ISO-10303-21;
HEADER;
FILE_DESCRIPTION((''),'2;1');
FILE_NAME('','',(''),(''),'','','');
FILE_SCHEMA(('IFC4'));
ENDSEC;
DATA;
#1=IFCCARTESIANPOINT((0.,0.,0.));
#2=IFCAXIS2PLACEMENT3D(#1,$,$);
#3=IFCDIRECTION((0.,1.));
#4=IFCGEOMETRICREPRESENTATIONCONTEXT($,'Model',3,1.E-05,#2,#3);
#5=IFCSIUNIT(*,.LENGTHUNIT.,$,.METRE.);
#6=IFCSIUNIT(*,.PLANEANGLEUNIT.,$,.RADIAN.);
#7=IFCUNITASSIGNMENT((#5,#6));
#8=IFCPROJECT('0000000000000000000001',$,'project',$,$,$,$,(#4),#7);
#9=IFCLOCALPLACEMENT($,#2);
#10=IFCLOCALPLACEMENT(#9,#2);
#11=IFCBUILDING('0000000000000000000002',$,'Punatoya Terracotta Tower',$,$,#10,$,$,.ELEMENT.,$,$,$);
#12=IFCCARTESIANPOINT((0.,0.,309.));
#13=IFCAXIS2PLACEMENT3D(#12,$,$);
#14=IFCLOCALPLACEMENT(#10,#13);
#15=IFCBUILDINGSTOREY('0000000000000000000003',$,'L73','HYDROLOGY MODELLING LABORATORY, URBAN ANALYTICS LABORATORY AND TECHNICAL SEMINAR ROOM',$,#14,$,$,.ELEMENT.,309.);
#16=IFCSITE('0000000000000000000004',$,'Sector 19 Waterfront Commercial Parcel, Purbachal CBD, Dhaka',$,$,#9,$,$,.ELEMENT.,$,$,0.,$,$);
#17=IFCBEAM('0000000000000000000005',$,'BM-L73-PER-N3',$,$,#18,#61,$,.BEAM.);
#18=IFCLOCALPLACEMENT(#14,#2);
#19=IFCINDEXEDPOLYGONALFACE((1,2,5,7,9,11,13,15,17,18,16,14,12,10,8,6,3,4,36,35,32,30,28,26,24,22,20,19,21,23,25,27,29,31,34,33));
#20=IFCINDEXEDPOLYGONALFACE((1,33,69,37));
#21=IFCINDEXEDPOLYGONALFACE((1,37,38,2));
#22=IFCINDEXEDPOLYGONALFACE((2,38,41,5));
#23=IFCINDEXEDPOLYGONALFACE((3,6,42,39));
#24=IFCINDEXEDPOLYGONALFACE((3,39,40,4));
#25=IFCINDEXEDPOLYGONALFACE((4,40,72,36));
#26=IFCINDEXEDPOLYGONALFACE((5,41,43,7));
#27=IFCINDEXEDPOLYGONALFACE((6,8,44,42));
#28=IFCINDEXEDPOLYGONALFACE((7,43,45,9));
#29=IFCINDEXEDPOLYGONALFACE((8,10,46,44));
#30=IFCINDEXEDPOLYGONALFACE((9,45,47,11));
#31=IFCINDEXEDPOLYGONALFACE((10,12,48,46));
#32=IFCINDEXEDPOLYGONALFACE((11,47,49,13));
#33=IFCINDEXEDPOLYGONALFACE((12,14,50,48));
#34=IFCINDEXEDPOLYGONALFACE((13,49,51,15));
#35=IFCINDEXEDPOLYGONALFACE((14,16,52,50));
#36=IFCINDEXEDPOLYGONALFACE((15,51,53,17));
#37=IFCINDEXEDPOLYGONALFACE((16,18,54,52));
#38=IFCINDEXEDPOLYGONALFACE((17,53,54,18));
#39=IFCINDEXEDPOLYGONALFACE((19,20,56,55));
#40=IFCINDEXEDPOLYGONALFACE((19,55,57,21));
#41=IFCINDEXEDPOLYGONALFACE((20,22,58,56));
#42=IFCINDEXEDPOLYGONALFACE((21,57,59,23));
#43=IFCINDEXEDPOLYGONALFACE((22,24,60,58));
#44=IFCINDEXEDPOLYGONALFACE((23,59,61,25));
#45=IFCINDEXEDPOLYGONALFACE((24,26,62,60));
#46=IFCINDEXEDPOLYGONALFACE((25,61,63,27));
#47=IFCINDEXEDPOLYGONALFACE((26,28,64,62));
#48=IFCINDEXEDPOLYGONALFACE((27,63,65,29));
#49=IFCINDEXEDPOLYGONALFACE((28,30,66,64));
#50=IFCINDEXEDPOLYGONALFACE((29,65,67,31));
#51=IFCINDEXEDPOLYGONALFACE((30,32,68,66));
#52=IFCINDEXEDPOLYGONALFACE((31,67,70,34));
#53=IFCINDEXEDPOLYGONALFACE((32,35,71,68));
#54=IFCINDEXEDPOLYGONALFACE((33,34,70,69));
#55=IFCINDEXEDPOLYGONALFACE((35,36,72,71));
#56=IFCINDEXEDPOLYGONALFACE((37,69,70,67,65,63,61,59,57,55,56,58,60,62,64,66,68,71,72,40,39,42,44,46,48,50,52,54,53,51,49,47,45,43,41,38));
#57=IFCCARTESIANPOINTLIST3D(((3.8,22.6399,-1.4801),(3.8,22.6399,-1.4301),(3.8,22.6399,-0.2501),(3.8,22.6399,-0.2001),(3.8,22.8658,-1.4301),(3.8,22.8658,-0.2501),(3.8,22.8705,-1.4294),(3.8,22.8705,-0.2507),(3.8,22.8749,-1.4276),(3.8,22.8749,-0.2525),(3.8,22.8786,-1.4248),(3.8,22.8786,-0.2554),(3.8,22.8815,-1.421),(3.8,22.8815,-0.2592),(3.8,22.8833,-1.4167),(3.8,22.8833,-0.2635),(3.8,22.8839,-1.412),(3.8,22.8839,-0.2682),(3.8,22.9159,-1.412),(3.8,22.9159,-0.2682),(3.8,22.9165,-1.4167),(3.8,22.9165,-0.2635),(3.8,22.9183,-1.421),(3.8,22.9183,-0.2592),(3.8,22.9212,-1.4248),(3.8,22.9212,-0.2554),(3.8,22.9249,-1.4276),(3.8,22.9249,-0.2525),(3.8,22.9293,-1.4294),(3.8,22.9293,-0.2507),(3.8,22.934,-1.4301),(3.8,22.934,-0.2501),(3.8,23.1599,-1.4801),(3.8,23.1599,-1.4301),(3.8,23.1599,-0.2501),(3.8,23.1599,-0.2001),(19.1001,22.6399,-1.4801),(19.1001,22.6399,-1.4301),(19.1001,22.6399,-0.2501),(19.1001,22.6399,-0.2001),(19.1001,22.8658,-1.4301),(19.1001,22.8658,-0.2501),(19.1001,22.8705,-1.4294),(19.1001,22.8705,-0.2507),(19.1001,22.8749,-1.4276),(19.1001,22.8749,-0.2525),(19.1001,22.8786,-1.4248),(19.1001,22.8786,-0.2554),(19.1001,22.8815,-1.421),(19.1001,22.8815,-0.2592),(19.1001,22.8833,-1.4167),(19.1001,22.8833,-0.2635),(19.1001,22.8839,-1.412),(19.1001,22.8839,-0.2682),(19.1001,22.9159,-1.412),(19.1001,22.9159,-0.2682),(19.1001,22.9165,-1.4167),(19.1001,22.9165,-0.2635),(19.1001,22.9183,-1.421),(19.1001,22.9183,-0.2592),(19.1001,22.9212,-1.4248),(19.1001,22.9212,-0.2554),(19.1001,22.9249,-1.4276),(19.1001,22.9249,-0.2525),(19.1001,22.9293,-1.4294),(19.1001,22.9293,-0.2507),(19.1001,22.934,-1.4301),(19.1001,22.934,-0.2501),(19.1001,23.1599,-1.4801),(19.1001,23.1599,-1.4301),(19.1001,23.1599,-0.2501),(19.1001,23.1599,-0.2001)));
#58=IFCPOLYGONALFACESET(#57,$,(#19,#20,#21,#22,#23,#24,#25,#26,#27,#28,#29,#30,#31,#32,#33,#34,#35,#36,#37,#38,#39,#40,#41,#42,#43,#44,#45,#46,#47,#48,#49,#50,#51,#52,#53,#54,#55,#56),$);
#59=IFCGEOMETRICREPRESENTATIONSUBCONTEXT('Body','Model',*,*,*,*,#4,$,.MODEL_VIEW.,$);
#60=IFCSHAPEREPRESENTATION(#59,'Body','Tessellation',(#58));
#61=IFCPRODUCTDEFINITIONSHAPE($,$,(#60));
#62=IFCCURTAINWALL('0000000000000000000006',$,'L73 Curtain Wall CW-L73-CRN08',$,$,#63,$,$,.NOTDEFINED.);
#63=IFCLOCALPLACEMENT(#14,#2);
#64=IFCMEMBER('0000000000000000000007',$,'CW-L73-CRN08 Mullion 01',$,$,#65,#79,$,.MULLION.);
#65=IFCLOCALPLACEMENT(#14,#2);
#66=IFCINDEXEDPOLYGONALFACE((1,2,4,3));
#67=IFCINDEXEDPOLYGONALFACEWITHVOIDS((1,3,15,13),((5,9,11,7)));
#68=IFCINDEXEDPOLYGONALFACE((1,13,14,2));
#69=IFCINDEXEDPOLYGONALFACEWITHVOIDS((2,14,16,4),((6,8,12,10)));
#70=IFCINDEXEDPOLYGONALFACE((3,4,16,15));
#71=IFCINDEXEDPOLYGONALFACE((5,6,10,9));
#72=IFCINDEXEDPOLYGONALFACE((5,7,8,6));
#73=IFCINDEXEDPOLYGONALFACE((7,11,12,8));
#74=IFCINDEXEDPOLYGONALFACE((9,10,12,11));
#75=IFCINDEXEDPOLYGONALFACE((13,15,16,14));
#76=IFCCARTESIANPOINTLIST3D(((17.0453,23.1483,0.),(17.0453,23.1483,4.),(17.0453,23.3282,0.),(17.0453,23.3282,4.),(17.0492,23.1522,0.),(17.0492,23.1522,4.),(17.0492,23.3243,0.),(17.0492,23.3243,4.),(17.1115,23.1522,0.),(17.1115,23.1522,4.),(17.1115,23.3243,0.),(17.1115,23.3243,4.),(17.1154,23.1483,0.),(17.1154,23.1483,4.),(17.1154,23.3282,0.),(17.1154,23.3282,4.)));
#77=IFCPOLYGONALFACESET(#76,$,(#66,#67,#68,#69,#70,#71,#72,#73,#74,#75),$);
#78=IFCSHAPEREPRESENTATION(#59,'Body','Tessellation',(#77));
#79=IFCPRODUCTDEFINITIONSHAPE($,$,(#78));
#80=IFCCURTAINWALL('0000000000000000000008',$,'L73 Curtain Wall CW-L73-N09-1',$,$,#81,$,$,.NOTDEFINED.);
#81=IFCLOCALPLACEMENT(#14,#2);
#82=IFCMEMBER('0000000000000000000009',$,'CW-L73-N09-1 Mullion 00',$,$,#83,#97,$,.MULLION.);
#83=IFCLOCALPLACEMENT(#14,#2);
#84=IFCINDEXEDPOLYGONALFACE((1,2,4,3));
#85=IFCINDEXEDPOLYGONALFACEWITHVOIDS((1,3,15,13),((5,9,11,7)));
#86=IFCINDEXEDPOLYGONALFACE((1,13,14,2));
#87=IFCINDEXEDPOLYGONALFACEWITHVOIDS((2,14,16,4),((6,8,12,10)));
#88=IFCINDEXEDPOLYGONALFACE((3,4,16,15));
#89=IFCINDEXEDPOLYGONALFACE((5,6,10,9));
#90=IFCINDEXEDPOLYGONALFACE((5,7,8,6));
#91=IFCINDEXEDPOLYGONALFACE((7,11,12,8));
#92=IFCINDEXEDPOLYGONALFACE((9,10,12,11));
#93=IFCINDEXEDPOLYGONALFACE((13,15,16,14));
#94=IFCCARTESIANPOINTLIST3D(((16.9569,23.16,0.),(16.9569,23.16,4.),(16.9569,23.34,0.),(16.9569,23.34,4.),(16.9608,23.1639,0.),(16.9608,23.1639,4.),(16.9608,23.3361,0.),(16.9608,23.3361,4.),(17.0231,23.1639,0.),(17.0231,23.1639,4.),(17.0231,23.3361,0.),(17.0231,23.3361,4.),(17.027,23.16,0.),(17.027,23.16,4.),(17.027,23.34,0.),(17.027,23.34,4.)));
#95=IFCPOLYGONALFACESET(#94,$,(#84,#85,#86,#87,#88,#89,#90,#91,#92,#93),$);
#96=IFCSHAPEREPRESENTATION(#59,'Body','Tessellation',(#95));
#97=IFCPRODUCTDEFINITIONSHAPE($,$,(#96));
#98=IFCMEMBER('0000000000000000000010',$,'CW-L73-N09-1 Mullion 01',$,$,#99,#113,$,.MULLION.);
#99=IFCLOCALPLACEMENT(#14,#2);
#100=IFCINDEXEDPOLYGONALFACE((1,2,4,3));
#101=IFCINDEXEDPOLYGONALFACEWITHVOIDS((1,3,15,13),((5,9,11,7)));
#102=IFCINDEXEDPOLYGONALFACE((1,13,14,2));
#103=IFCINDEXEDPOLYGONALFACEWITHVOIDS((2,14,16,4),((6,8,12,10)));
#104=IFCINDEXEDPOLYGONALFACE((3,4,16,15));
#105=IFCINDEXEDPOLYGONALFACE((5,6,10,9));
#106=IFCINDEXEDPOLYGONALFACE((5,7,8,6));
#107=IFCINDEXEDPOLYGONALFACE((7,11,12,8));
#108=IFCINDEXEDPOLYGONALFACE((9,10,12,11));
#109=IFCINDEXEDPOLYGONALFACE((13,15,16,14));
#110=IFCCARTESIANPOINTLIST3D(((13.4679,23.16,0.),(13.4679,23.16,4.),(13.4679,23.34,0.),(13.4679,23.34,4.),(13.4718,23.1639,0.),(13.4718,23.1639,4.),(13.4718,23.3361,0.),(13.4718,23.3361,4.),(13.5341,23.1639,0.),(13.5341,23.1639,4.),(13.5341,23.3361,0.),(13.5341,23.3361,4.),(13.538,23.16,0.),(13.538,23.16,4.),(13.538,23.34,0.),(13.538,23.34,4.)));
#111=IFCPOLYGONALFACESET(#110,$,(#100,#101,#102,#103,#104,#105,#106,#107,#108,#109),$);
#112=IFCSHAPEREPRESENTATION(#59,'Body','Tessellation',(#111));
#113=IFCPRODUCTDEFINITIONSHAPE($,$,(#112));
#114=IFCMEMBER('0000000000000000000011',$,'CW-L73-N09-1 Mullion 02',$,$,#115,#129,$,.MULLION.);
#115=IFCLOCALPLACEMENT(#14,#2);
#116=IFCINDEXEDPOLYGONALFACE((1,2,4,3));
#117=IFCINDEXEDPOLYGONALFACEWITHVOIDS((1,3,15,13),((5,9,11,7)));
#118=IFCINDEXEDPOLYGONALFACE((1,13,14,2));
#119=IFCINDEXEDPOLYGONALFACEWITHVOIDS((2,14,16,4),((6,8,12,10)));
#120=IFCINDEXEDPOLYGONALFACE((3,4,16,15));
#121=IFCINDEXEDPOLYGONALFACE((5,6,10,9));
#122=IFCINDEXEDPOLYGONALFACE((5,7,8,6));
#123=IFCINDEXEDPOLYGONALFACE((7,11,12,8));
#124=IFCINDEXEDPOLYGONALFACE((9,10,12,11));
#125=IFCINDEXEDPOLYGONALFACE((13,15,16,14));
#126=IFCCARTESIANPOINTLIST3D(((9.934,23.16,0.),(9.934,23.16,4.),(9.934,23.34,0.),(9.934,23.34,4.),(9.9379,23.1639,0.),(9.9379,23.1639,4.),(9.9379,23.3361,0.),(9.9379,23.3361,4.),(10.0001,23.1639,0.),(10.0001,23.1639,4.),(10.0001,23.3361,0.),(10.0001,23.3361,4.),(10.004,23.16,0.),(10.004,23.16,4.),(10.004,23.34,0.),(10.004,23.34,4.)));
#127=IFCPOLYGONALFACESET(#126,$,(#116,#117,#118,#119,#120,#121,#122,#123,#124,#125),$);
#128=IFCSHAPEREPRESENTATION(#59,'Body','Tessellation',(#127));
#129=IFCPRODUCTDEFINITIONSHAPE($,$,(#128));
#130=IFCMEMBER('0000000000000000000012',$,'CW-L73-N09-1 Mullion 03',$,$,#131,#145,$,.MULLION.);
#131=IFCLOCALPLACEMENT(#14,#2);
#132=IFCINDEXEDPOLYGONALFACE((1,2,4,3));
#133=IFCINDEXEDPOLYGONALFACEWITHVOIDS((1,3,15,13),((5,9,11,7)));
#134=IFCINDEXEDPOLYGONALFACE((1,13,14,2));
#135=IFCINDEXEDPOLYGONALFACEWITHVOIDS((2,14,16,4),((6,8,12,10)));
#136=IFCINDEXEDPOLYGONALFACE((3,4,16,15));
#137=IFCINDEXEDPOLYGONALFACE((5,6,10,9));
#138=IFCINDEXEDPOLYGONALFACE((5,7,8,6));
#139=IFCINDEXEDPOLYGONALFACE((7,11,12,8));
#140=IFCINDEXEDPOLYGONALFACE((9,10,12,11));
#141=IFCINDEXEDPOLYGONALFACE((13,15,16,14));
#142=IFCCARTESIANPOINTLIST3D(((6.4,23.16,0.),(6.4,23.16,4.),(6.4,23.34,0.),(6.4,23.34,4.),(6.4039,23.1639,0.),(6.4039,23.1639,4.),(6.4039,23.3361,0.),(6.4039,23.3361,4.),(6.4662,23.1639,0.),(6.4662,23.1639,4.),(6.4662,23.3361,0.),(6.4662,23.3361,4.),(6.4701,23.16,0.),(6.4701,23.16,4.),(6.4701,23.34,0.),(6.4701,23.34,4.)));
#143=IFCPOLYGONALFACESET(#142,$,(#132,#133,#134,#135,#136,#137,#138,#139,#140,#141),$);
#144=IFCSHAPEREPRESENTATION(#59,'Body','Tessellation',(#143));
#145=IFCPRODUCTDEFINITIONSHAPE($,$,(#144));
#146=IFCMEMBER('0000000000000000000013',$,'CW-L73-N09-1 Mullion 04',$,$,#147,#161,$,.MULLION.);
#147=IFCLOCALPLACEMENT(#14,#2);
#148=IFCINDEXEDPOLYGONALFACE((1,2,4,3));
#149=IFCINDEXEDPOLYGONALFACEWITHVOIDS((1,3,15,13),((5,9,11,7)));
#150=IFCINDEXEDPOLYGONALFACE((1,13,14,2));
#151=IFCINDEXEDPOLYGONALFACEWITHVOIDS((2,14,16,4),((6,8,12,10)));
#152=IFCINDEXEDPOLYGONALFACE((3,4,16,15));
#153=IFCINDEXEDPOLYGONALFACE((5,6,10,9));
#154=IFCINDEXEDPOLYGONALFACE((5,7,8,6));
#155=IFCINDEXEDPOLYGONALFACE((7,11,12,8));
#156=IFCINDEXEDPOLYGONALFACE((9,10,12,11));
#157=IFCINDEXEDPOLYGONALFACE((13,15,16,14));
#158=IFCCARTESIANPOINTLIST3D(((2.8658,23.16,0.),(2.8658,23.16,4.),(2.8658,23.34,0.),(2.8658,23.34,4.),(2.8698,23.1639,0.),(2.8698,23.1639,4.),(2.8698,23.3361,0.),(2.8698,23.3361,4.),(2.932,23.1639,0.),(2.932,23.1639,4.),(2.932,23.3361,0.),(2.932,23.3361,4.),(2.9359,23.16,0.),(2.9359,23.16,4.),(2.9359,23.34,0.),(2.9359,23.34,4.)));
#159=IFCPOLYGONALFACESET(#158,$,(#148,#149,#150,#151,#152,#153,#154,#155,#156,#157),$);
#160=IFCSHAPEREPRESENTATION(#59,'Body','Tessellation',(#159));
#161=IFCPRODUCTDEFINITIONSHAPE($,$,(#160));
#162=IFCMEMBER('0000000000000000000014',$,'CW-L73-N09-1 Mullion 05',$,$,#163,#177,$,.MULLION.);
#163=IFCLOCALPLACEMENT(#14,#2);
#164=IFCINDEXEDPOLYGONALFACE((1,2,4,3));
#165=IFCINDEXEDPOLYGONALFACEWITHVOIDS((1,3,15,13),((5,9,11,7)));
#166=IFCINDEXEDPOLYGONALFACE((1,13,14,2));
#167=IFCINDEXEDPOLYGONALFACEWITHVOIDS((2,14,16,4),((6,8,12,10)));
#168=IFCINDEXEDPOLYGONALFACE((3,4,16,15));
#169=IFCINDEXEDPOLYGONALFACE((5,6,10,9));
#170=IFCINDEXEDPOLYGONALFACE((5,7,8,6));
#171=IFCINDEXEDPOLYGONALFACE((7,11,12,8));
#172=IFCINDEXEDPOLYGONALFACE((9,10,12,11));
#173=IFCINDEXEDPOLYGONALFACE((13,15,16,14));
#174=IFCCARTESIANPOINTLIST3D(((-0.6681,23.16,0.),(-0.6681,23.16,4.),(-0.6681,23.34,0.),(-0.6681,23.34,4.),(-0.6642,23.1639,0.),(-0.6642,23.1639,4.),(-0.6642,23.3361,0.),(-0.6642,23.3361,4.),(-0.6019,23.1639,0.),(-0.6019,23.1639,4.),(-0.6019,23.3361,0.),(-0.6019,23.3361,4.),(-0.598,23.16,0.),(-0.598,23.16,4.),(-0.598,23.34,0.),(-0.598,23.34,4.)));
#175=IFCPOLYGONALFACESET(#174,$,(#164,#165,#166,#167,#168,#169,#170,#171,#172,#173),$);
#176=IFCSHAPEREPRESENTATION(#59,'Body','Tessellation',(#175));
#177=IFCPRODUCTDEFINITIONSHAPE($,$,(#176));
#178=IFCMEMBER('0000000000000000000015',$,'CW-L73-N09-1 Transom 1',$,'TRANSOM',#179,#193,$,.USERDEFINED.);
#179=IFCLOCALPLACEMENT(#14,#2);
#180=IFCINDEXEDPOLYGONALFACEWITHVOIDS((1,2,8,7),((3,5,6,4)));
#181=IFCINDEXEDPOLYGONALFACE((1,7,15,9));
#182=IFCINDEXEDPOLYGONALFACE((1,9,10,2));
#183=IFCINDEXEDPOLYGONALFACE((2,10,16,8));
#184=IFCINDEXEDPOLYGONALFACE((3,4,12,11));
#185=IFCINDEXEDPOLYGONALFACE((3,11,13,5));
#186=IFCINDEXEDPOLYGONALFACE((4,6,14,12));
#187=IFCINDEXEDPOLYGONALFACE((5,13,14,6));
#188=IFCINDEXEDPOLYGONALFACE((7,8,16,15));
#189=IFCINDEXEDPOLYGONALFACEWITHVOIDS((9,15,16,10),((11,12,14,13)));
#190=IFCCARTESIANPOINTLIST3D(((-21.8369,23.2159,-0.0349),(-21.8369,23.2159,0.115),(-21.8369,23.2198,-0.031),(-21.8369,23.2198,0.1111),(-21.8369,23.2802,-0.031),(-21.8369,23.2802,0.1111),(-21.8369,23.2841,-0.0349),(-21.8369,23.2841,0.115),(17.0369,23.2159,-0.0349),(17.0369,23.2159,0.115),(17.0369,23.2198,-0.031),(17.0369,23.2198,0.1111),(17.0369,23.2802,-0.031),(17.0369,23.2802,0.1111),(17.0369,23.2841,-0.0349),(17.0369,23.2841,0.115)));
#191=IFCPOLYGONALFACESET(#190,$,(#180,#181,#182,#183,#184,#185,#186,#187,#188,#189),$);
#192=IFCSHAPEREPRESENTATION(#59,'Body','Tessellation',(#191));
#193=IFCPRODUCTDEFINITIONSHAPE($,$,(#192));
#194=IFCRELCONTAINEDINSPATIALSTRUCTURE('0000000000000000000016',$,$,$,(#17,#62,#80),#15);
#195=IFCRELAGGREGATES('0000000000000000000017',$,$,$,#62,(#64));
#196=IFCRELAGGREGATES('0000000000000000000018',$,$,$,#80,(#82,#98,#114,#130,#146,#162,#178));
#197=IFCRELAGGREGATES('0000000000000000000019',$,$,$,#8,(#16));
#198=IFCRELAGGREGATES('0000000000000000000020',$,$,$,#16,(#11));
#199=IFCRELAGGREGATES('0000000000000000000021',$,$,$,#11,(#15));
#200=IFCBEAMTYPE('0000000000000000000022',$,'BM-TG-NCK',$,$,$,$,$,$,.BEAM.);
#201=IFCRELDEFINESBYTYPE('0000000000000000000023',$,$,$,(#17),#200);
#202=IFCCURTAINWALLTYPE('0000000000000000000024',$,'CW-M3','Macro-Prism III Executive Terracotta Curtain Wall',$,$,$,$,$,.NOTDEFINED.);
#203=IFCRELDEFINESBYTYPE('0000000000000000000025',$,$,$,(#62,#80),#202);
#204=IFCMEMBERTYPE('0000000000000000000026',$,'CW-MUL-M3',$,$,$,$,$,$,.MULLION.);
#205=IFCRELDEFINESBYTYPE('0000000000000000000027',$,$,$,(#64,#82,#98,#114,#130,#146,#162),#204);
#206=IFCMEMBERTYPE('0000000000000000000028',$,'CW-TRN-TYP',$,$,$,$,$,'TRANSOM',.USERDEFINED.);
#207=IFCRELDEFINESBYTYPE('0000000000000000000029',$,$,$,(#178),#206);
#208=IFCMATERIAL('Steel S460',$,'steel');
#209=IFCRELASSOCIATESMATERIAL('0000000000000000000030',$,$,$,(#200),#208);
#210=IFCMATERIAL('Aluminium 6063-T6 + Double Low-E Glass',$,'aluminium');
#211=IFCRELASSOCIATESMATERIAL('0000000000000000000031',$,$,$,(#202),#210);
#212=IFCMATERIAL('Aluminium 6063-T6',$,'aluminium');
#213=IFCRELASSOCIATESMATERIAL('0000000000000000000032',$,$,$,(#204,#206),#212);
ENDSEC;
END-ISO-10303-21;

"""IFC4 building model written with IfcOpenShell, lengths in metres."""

from ifc_helpers import new_model, si_unit, direction, frame, origin, origin_2d, place, context, subcontext, project, spatial, hollow_rectangle, i_section, extrude, material, material_profile, profile_set, type_object, element, aggregate, save


model = new_model("IFC4")

# Units and contexts
model_context = context("Model", 3, precision=1e-05, world=origin(), true_north=direction((0.0, 1.0)))
body_context = subcontext(model_context, "Body", "Model", "MODEL_VIEW")
ifc_project = project(units=[si_unit("LENGTHUNIT", "METRE"), si_unit("PLANEANGLEUNIT", "RADIAN")], contexts=[model_context])

# Site, building, storey
site_placement = place(None, origin())
site = spatial("IfcSite", under=ifc_project, at=site_placement, Name="Sector 19 Waterfront Commercial Parcel, Purbachal CBD, Dhaka", CompositionType="ELEMENT", RefElevation=0.0)
building_placement = place(site_placement, origin())
building = spatial("IfcBuilding", under=site, at=building_placement, Name="Punatoya Terracotta Tower", CompositionType="ELEMENT")
storey_placement = place(building_placement, frame((0.0, 0.0, 309.0)))
storey = spatial("IfcBuildingStorey", under=building, at=storey_placement, Name="L73", Description="HYDROLOGY MODELLING LABORATORY, URBAN ANALYTICS LABORATORY AND TECHNICAL SEMINAR ROOM", CompositionType="ELEMENT", Elevation=309.0)

# Shared definitions
ifc_material_1 = material(Name="Steel S460", Category="steel")

# Beam
ifc_material_profile_1 = material_profile(ifc_material_1, i_section(OverallWidth=0.52, OverallDepth=1.28, WebThickness=0.032, FlangeThickness=0.05, FilletRadius=0.0181, at=origin_2d()))
ifc_profile_set_1 = profile_set([ifc_material_profile_1], Name="Steel S460")
beam_type_1 = type_object("IfcBeamType", Name="BM-TG-NCK", PredefinedType="BEAM", material=ifc_profile_set_1)
beam_1_placement = place(storey_placement, frame((3.8, 22.8999, -0.8401), z_axis=(1.0, 0.0, 0.0), x_axis=(0.0, 1.0, 0.0)))
element("IfcBeam", 1, at=beam_1_placement, inside=storey, type_object=beam_type_1, Name="BM-L73-PER-N3", PredefinedType="BEAM", context=body_context, shape_type="SweptSolid", body=[
    extrude(i_section(OverallWidth=0.52, OverallDepth=1.28, WebThickness=0.032, FlangeThickness=0.05, FilletRadius=0.0181, at=origin_2d()), origin(), (0.0, 0.0, 1.0), 15.3),
])

# Curtain wall, member
ifc_material_2 = material(Name="Aluminium 6063-T6 + Double Low-E Glass", Category="aluminium")
curtain_wall_type = type_object("IfcCurtainWallType", Name="CW-M3", Description="Macro-Prism III Executive Terracotta Curtain Wall", PredefinedType="NOTDEFINED", material=ifc_material_2)
curtain_wall_1_placement = place(storey_placement, origin())
curtain_wall_1 = element("IfcCurtainWall", 2, at=curtain_wall_1_placement, inside=storey, type_object=curtain_wall_type, Name="L73 Curtain Wall CW-L73-CRN08", PredefinedType="NOTDEFINED")
ifc_material_3 = material(Name="Aluminium 6063-T6", Category="aluminium")
ifc_material_profile_2 = material_profile(ifc_material_3, hollow_rectangle(XDim=0.0701, YDim=0.1799, WallThickness=0.0039, at=origin_2d()))
ifc_profile_set_2 = profile_set([ifc_material_profile_2], Name="Aluminium 6063-T6")
member_type_1 = type_object("IfcMemberType", Name="CW-MUL-M3", PredefinedType="MULLION", material=ifc_profile_set_2)
member_1_placement = place(storey_placement, frame((17.0803, 23.2383, 0.0), z_axis=(0.0, 0.0, 1.0), x_axis=(1.0, 0.0, 0.0)))
member_1 = element("IfcMember", 3, at=member_1_placement, type_object=member_type_1, Name="CW-L73-CRN08 Mullion 01", PredefinedType="MULLION", context=body_context, shape_type="SweptSolid", body=[
    extrude(hollow_rectangle(XDim=0.0701, YDim=0.1799, WallThickness=0.0039, at=origin_2d()), origin(), (0.0, 0.0, 1.0), 4.0),
])

# Curtain wall, members
curtain_wall_2_placement = place(storey_placement, origin())
curtain_wall_2 = element("IfcCurtainWall", 4, at=curtain_wall_2_placement, inside=storey, type_object=curtain_wall_type, Name="L73 Curtain Wall CW-L73-N09-1", PredefinedType="NOTDEFINED")
member_2_placement = place(storey_placement, frame((16.9919, 23.25, 0.0), z_axis=(0.0, 0.0, 1.0), x_axis=(1.0, 0.0, 0.0)))
member_2 = element("IfcMember", 5, at=member_2_placement, type_object=member_type_1, Name="CW-L73-N09-1 Mullion 00", PredefinedType="MULLION", context=body_context, shape_type="SweptSolid", body=[
    extrude(hollow_rectangle(XDim=0.0701, YDim=0.1799, WallThickness=0.0039, at=origin_2d()), origin(), (0.0, 0.0, 1.0), 4.0),
])
member_3_placement = place(storey_placement, frame((13.5029, 23.25, 0.0), z_axis=(0.0, 0.0, 1.0), x_axis=(1.0, 0.0, 0.0)))
member_3 = element("IfcMember", 6, at=member_3_placement, type_object=member_type_1, Name="CW-L73-N09-1 Mullion 01", PredefinedType="MULLION", context=body_context, shape_type="SweptSolid", body=[
    extrude(hollow_rectangle(XDim=0.0701, YDim=0.1799, WallThickness=0.0039, at=origin_2d()), origin(), (0.0, 0.0, 1.0), 4.0),
])
member_4_placement = place(storey_placement, frame((9.969, 23.25, 0.0), z_axis=(0.0, 0.0, 1.0), x_axis=(1.0, 0.0, 0.0)))
member_4 = element("IfcMember", 7, at=member_4_placement, type_object=member_type_1, Name="CW-L73-N09-1 Mullion 02", PredefinedType="MULLION", context=body_context, shape_type="SweptSolid", body=[
    extrude(hollow_rectangle(XDim=0.0701, YDim=0.1799, WallThickness=0.0039, at=origin_2d()), origin(), (0.0, 0.0, 1.0), 4.0),
])
member_5_placement = place(storey_placement, frame((6.4351, 23.25, 0.0), z_axis=(0.0, 0.0, 1.0), x_axis=(1.0, 0.0, 0.0)))
member_5 = element("IfcMember", 8, at=member_5_placement, type_object=member_type_1, Name="CW-L73-N09-1 Mullion 03", PredefinedType="MULLION", context=body_context, shape_type="SweptSolid", body=[
    extrude(hollow_rectangle(XDim=0.0701, YDim=0.1799, WallThickness=0.0039, at=origin_2d()), origin(), (0.0, 0.0, 1.0), 4.0),
])
member_6_placement = place(storey_placement, frame((2.9009, 23.25, 0.0), z_axis=(0.0, 0.0, 1.0), x_axis=(1.0, 0.0, 0.0)))
member_6 = element("IfcMember", 9, at=member_6_placement, type_object=member_type_1, Name="CW-L73-N09-1 Mullion 04", PredefinedType="MULLION", context=body_context, shape_type="SweptSolid", body=[
    extrude(hollow_rectangle(XDim=0.0701, YDim=0.1799, WallThickness=0.0039, at=origin_2d()), origin(), (0.0, 0.0, 1.0), 4.0),
])
member_7_placement = place(storey_placement, frame((-0.6331, 23.25, 0.0), z_axis=(0.0, 0.0, 1.0), x_axis=(1.0, 0.0, 0.0)))
member_7 = element("IfcMember", 10, at=member_7_placement, type_object=member_type_1, Name="CW-L73-N09-1 Mullion 05", PredefinedType="MULLION", context=body_context, shape_type="SweptSolid", body=[
    extrude(hollow_rectangle(XDim=0.0701, YDim=0.1799, WallThickness=0.0039, at=origin_2d()), origin(), (0.0, 0.0, 1.0), 4.0),
])
ifc_material_profile_3 = material_profile(ifc_material_3, hollow_rectangle(XDim=0.0681, YDim=0.1499, WallThickness=0.0039, at=origin_2d()))
ifc_profile_set_3 = profile_set([ifc_material_profile_3], Name="Aluminium 6063-T6")
member_type_2 = type_object("IfcMemberType", Name="CW-TRN-TYP", ElementType="TRANSOM", PredefinedType="USERDEFINED", material=ifc_profile_set_3)
member_8_placement = place(storey_placement, frame((17.0369, 23.25, 0.04), z_axis=(-1.0, 0.0, 0.0), x_axis=(0.0, -1.0, 0.0)))
member_8 = element("IfcMember", 11, at=member_8_placement, type_object=member_type_2, Name="CW-L73-N09-1 Transom 1", ObjectType="TRANSOM", PredefinedType="USERDEFINED", context=body_context, shape_type="SweptSolid", body=[
    extrude(hollow_rectangle(XDim=0.0681, YDim=0.1499, WallThickness=0.0039, at=origin_2d()), origin(), (0.0, 0.0, 1.0), 38.8738),
])

aggregate(curtain_wall_1, [member_1])
aggregate(curtain_wall_2, [member_2, member_3, member_4, member_5, member_6, member_7, member_8])

save(model, "model.ifc")
